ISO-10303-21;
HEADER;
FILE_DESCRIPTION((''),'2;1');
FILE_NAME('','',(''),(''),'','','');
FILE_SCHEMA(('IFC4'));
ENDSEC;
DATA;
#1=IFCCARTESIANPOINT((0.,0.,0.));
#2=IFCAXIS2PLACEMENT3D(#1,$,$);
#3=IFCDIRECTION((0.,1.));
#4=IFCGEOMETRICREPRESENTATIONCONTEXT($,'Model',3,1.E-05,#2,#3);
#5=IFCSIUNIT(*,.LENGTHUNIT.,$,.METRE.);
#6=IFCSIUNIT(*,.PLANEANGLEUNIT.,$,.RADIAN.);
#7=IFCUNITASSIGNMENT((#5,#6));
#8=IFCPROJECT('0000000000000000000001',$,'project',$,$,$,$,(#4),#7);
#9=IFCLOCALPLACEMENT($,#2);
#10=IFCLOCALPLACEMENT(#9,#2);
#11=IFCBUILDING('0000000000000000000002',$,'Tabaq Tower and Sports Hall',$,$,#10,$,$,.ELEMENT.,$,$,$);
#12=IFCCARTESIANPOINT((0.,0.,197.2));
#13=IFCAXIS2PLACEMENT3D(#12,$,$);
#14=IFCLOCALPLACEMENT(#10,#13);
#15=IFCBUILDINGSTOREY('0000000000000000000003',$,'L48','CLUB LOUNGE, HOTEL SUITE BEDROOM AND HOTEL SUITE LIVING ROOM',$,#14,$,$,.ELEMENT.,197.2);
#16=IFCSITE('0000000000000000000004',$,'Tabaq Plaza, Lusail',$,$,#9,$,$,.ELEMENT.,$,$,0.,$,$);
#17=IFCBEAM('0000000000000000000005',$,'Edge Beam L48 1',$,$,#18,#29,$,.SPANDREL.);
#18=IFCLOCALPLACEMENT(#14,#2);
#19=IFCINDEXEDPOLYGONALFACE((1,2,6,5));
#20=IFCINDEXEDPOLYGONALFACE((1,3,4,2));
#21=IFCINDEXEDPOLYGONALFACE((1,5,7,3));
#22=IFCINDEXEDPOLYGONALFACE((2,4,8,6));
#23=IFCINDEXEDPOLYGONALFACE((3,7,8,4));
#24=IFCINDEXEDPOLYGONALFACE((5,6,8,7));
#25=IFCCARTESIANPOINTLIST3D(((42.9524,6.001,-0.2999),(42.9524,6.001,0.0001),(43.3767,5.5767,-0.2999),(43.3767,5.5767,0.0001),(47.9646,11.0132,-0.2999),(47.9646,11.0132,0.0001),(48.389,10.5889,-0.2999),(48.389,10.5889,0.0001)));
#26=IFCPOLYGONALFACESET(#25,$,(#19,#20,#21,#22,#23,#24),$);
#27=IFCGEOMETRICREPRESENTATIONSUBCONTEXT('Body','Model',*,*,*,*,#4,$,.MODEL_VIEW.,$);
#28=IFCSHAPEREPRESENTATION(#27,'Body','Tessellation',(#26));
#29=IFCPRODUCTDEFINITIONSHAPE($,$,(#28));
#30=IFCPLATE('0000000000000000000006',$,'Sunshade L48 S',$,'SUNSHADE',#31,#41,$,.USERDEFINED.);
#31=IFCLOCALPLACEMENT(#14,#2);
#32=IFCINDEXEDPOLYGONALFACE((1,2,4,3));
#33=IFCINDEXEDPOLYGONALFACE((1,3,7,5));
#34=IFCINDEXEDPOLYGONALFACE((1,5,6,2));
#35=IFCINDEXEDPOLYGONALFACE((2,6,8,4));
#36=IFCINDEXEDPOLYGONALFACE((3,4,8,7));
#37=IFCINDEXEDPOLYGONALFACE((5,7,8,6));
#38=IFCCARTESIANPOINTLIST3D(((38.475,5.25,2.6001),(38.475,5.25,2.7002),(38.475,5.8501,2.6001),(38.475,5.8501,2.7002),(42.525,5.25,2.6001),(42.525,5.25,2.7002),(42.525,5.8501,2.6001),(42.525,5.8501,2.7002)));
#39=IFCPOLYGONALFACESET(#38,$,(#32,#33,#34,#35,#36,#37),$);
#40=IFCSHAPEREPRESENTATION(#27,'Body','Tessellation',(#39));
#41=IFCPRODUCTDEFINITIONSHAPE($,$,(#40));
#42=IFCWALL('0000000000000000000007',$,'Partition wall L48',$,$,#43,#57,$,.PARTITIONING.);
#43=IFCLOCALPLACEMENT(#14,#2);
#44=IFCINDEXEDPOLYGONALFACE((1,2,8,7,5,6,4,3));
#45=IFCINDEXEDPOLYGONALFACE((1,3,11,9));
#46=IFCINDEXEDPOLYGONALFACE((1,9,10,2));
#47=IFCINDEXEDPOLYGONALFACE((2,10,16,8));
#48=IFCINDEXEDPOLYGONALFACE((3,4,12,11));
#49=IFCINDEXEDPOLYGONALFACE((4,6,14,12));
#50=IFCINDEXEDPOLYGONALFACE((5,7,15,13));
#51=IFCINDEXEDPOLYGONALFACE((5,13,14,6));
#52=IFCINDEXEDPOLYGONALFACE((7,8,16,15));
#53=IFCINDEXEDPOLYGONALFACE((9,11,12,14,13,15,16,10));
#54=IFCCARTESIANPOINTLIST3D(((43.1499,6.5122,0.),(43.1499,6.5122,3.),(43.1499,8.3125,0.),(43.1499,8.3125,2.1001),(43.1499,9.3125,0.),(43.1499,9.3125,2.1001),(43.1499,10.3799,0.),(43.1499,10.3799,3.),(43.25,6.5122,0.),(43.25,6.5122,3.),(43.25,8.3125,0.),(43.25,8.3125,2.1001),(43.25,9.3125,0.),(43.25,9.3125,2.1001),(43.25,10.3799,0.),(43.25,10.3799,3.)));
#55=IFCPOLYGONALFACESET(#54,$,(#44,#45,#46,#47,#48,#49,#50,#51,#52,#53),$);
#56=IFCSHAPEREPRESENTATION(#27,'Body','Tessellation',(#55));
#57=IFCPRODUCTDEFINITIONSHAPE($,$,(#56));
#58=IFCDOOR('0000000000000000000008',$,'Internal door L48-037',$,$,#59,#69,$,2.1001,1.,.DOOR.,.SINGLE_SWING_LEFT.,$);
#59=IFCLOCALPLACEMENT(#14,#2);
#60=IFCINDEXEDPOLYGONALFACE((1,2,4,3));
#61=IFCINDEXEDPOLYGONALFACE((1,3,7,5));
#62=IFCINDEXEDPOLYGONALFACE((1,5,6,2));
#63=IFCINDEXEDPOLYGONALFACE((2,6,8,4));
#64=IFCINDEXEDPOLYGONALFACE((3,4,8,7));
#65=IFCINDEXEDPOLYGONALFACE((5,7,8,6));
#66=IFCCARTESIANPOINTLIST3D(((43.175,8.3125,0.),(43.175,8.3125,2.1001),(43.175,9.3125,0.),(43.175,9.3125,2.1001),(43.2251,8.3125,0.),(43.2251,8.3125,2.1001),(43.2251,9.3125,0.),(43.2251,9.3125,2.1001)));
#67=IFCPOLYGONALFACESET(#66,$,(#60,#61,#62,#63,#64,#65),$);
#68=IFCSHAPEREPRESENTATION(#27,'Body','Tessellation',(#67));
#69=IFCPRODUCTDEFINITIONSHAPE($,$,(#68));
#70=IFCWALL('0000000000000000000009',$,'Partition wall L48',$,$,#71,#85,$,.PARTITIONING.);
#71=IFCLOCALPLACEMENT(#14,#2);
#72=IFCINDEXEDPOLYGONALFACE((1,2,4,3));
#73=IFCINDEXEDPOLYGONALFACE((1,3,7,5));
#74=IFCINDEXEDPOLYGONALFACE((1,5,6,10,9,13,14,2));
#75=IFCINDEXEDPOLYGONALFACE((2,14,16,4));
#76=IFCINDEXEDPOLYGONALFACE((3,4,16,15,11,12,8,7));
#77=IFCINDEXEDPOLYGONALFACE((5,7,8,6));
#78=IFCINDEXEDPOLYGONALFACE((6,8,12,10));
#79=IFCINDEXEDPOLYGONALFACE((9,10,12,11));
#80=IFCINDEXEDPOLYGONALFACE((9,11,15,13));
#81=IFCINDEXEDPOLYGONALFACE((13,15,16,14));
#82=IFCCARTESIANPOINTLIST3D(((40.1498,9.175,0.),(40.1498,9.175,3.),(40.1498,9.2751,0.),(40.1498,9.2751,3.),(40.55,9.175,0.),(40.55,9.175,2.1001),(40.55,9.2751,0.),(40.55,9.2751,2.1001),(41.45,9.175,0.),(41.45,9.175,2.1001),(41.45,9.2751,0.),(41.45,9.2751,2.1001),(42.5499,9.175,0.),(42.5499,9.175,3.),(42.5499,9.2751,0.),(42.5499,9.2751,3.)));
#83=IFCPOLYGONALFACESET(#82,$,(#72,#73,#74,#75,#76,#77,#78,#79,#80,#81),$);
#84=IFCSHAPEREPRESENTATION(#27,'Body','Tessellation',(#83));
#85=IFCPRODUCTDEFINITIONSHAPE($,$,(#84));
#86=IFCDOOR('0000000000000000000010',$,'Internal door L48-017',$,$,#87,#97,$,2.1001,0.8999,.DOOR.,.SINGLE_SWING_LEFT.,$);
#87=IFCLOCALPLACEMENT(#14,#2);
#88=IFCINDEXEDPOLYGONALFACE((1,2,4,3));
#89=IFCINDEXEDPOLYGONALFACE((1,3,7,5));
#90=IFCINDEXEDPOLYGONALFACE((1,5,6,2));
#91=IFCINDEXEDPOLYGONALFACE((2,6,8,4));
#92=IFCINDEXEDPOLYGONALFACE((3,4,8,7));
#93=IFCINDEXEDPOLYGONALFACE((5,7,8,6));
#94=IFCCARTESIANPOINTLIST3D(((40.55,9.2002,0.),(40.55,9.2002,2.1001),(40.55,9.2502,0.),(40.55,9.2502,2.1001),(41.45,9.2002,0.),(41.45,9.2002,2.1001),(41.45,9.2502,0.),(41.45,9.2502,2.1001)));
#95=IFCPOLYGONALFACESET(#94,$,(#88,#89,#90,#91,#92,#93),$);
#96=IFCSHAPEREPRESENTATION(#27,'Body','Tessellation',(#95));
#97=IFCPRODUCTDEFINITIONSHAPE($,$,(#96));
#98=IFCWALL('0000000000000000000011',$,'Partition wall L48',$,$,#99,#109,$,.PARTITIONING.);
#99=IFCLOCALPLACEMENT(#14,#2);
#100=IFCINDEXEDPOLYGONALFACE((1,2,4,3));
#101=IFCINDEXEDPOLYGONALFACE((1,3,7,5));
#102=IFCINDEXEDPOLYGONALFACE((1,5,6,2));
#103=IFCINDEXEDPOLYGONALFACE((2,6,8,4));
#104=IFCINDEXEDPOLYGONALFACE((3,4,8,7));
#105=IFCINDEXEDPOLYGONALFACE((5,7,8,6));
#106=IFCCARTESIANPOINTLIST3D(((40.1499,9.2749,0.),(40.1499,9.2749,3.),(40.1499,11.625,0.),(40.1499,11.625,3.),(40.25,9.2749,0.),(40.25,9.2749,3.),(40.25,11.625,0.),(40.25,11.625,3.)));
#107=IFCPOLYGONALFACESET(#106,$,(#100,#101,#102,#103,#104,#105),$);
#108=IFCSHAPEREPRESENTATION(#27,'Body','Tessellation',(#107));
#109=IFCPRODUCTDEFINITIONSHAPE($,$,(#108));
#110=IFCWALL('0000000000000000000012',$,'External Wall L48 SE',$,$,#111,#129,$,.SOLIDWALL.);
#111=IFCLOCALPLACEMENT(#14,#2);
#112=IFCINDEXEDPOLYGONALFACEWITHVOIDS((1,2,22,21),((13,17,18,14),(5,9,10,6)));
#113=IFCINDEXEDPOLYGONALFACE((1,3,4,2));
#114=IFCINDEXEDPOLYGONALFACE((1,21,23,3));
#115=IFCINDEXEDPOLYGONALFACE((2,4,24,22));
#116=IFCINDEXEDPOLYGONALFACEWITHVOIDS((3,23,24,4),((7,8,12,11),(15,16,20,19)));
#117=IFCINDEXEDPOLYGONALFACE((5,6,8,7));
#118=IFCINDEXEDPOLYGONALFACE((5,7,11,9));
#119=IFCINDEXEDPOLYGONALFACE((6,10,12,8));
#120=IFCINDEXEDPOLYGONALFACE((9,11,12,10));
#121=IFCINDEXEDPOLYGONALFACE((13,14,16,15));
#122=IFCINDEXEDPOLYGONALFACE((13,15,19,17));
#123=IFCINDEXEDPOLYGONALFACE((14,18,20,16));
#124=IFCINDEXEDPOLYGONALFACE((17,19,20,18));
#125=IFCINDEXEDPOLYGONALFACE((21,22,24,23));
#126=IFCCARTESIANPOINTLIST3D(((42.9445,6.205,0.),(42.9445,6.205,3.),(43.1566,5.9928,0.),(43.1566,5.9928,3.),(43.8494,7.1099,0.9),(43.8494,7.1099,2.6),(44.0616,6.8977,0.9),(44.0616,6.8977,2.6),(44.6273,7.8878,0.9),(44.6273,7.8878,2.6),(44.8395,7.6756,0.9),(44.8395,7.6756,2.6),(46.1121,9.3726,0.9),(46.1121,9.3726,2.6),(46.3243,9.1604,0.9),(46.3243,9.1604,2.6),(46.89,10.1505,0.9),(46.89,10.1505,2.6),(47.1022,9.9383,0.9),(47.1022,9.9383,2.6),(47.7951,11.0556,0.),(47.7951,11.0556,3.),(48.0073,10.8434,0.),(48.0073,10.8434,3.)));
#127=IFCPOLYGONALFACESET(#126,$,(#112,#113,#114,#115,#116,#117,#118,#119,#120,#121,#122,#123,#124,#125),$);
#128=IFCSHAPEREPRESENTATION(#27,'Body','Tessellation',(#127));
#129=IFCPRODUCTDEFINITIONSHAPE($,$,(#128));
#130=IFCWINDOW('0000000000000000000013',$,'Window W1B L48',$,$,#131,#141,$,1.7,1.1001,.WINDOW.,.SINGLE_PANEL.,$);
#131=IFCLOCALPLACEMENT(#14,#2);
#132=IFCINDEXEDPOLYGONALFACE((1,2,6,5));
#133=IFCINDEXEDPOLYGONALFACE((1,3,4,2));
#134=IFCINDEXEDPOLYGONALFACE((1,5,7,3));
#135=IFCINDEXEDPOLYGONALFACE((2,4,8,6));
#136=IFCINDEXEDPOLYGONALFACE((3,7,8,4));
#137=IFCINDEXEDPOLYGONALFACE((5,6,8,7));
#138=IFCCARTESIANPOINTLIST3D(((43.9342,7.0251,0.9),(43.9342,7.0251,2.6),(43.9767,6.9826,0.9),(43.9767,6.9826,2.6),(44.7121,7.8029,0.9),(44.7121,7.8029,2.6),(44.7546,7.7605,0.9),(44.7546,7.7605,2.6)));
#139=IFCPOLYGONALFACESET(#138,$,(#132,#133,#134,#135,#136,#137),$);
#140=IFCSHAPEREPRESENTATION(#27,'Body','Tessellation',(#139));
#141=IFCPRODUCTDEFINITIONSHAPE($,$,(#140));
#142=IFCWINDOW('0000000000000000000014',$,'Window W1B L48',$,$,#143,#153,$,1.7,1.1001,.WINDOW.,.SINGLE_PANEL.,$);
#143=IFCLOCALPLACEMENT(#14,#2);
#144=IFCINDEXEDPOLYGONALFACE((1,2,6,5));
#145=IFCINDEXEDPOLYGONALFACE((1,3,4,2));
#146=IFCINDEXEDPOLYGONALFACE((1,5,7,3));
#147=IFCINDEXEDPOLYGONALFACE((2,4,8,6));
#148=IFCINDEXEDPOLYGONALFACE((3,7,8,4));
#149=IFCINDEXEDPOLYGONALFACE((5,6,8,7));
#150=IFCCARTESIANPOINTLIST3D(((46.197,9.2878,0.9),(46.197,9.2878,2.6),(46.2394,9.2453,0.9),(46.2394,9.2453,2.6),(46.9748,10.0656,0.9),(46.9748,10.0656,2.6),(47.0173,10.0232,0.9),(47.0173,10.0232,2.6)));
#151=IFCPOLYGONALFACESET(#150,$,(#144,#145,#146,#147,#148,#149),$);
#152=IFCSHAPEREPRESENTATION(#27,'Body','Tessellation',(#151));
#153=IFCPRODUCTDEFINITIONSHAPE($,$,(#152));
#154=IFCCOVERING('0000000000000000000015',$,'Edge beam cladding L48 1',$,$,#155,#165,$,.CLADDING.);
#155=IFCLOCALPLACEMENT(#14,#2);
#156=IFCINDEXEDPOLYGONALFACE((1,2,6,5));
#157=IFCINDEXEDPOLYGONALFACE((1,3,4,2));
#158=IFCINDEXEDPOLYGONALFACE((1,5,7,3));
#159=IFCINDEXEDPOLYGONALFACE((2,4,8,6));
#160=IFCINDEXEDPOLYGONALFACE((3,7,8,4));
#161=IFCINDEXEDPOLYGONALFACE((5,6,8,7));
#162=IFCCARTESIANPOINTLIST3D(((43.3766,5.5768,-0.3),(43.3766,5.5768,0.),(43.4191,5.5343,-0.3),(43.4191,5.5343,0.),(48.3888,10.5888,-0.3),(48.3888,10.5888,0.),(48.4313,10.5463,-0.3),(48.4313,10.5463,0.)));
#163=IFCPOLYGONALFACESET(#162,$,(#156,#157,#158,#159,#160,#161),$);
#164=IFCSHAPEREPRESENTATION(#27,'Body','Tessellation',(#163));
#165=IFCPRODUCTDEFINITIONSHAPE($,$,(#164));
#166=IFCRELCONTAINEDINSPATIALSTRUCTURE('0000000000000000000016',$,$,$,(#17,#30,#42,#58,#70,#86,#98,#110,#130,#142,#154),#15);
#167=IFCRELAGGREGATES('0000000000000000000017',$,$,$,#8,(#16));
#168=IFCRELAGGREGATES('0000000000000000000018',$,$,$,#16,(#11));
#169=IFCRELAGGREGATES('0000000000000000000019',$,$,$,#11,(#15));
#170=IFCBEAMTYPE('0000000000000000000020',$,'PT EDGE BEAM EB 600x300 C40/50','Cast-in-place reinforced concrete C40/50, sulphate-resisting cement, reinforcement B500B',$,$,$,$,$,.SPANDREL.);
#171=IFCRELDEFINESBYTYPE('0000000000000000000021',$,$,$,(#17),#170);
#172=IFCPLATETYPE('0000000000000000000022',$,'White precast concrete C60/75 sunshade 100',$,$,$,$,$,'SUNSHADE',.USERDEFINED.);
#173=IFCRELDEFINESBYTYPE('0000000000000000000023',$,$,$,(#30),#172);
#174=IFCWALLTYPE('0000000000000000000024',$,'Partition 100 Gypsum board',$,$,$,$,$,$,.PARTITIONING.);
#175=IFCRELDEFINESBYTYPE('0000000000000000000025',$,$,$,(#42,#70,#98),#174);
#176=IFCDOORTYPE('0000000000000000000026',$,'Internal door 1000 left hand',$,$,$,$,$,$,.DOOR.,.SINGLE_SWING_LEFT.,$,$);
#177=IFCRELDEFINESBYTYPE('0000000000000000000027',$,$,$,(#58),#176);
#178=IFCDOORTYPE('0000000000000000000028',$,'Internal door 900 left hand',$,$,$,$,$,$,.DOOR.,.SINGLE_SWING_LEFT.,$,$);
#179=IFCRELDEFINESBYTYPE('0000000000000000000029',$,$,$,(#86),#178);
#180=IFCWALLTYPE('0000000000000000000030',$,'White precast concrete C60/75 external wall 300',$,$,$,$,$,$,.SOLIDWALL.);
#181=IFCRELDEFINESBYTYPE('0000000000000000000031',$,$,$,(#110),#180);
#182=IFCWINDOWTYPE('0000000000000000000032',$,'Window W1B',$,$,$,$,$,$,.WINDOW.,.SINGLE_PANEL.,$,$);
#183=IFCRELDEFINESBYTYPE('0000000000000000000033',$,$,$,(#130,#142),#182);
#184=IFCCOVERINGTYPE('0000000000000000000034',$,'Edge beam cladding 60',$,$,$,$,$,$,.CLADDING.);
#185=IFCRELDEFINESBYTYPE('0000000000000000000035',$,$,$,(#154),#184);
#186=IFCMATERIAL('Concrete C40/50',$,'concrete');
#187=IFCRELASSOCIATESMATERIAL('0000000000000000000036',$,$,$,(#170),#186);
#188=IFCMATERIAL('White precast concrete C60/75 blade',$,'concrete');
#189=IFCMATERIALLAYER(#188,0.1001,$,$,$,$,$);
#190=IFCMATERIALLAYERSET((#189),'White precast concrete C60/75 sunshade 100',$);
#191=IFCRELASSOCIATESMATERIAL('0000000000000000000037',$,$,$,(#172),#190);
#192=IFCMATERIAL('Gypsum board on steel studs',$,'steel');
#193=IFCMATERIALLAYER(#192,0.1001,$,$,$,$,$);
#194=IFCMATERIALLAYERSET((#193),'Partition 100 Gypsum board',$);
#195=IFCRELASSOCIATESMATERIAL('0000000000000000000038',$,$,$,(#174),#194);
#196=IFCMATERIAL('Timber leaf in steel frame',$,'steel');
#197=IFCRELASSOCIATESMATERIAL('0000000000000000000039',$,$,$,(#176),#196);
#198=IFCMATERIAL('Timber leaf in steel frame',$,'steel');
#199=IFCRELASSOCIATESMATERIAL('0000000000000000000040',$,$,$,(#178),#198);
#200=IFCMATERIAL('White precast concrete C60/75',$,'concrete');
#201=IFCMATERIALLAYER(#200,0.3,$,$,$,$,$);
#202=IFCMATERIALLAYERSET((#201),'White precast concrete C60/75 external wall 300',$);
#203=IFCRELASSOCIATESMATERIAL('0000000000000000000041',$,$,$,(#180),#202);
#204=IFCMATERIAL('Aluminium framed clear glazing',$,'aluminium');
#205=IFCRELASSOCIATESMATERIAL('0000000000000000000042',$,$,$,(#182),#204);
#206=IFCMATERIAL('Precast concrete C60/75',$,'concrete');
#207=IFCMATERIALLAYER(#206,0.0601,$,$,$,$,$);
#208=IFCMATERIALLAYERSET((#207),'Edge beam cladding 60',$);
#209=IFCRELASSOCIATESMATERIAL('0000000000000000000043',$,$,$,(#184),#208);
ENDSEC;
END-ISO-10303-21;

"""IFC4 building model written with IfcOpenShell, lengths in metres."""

from ifc_helpers import new_model, si_unit, direction, frame, frame_2d, origin, origin_2d, place, context, subcontext, project, spatial, rectangle, extrude, material, layer, layer_set, material_profile, profile_set, type_object, element, fill, save


model = new_model("IFC4")

# Units and contexts
model_context = context("Model", 3, precision=1e-05, world=origin(), true_north=direction((0.0, 1.0)))
body_context = subcontext(model_context, "Body", "Model", "MODEL_VIEW")
ifc_project = project(units=[si_unit("LENGTHUNIT", "METRE"), si_unit("PLANEANGLEUNIT", "RADIAN")], contexts=[model_context])

# Site, building, storey
site_placement = place(None, origin())
site = spatial("IfcSite", under=ifc_project, at=site_placement, Name="Tabaq Plaza, Lusail", CompositionType="ELEMENT", RefElevation=0.0)
building_placement = place(site_placement, origin())
building = spatial("IfcBuilding", under=site, at=building_placement, Name="Tabaq Tower and Sports Hall", CompositionType="ELEMENT")
storey_placement = place(building_placement, frame((0.0, 0.0, 197.2)))
storey = spatial("IfcBuildingStorey", under=building, at=storey_placement, Name="L48", Description="CLUB LOUNGE, HOTEL SUITE BEDROOM AND HOTEL SUITE LIVING ROOM", CompositionType="ELEMENT", Elevation=197.2)

# Beam
ifc_material_1 = material(Name="Concrete C40/50", Category="concrete")
ifc_material_profile = material_profile(ifc_material_1, rectangle(XDim=0.6001, YDim=0.3, at=origin_2d()), Name="EB 600x300")
ifc_profile_set = profile_set([ifc_material_profile], Name="Concrete C40/50")
beam_type = type_object("IfcBeamType", Name="PT EDGE BEAM EB 600x300 C40/50", Description="Cast-in-place reinforced concrete C40/50, sulphate-resisting cement, reinforcement B500B", PredefinedType="SPANDREL", material=ifc_profile_set)
beam_placement = place(storey_placement, frame((43.1646, 5.7888, -0.1499), z_axis=(0.707107, 0.707107, 0.0), x_axis=(-0.707107, 0.707107, 0.0)))
element("IfcBeam", 1, at=beam_placement, inside=storey, type_object=beam_type, Name="Edge Beam L48 1", PredefinedType="SPANDREL", context=body_context, shape_type="SweptSolid", body=[
    extrude(rectangle(XDim=0.6001, YDim=0.3, at=origin_2d()), origin(), (0.0, 0.0, 1.0), 7.0884),
])

# Plate
ifc_material_2 = material(Name="White precast concrete C60/75 blade", Category="concrete")
ifc_layer_1 = layer(ifc_material_2, 0.1001)
ifc_layer_set_1 = layer_set([ifc_layer_1], Name="White precast concrete C60/75 sunshade 100")
plate_type = type_object("IfcPlateType", Name="White precast concrete C60/75 sunshade 100", ElementType="SUNSHADE", PredefinedType="USERDEFINED", material=ifc_layer_set_1)
plate_placement = place(storey_placement, frame((40.5, 5.55, 2.6001), z_axis=(0.0, 0.0, 1.0), x_axis=(1.0, 0.0, 0.0)))
element("IfcPlate", 2, at=plate_placement, inside=storey, type_object=plate_type, Name="Sunshade L48 S", ObjectType="SUNSHADE", PredefinedType="USERDEFINED", context=body_context, shape_type="SweptSolid", body=[
    extrude(rectangle(XDim=4.05, YDim=0.6001, at=origin_2d()), origin(), (0.0, 0.0, 1.0), 0.1001),
])

# Walls, openings, doors
ifc_material_3 = material(Name="Gypsum board on steel studs", Category="steel")
ifc_layer_2 = layer(ifc_material_3, 0.1001)
ifc_layer_set_2 = layer_set([ifc_layer_2], Name="Partition 100 Gypsum board")
wall_type_1 = type_object("IfcWallType", Name="Partition 100 Gypsum board", PredefinedType="PARTITIONING", material=ifc_layer_set_2)
wall_1_placement = place(storey_placement, frame((43.2, 6.5122, 0.0), z_axis=(0.0, 0.0, 1.0), x_axis=(0.0, 1.0, 0.0)))
wall_1 = element("IfcWall", 3, at=wall_1_placement, inside=storey, type_object=wall_type_1, Name="Partition wall L48", PredefinedType="PARTITIONING", context=body_context, shape_type="SweptSolid", body=[
    extrude(rectangle(XDim=3.8677, YDim=0.1001, at=frame_2d((1.9338, 0.0))), origin(), (0.0, 0.0, 1.0), 3.0),
])
opening_1_placement = place(wall_1_placement, frame((1.8003, 0.0, 0.0)))
opening_1 = element("IfcOpeningElement", 4, at=opening_1_placement, cuts=wall_1, PredefinedType="OPENING", context=body_context, shape_type="SweptSolid", body=[
    extrude(rectangle(XDim=1.0, YDim=2.1001, at=frame_2d((0.5, 1.05))), frame((0.0, 0.05, 0.0), z_axis=(0.0, -1.0, 0.0), x_axis=(1.0, 0.0, 0.0)), (0.0, 0.0, 1.0), 0.1001),
])
ifc_material_4 = material(Name="Timber leaf in steel frame", Category="steel")
door_type_1 = type_object("IfcDoorType", Name="Internal door 1000 left hand", OperationType="SINGLE_SWING_LEFT", PredefinedType="DOOR", material=ifc_material_4)
door_1_placement = place(opening_1_placement, origin())
door_1 = element("IfcDoor", 5, at=door_1_placement, inside=storey, type_object=door_type_1, Name="Internal door L48-037", OperationType="SINGLE_SWING_LEFT", OverallHeight=2.1001, OverallWidth=1.0, PredefinedType="DOOR", context=body_context, shape_type="SweptSolid", body=[
    extrude(rectangle(XDim=1.0, YDim=2.1001, at=frame_2d((0.5, 1.05))), frame((0.0, 0.0249, 0.0), z_axis=(0.0, -1.0, 0.0), x_axis=(1.0, 0.0, 0.0)), (0.0, 0.0, 1.0), 0.05),
])
fill(opening_1, door_1)
wall_2_placement = place(storey_placement, frame((42.55, 9.2251, 0.0), z_axis=(0.0, 0.0, 1.0), x_axis=(-1.0, 0.0, 0.0)))
wall_2 = element("IfcWall", 6, at=wall_2_placement, inside=storey, type_object=wall_type_1, Name="Partition wall L48", PredefinedType="PARTITIONING", context=body_context, shape_type="SweptSolid", body=[
    extrude(rectangle(XDim=2.4001, YDim=0.1001, at=frame_2d((1.2002, 0.0))), origin(), (0.0, 0.0, 1.0), 3.0),
])
opening_2_placement = place(wall_2_placement, frame((1.1001, 0.0, 0.0)))
opening_2 = element("IfcOpeningElement", 7, at=opening_2_placement, cuts=wall_2, PredefinedType="OPENING", context=body_context, shape_type="SweptSolid", body=[
    extrude(rectangle(XDim=0.8999, YDim=2.1001, at=frame_2d((0.45, 1.05))), frame((0.0, 0.05, 0.0), z_axis=(0.0, -1.0, 0.0), x_axis=(1.0, 0.0, 0.0)), (0.0, 0.0, 1.0), 0.1001),
])
ifc_material_5 = material(Name="Timber leaf in steel frame", Category="steel")
door_type_2 = type_object("IfcDoorType", Name="Internal door 900 left hand", OperationType="SINGLE_SWING_LEFT", PredefinedType="DOOR", material=ifc_material_5)
door_2_placement = place(opening_2_placement, origin())
door_2 = element("IfcDoor", 8, at=door_2_placement, inside=storey, type_object=door_type_2, Name="Internal door L48-017", OperationType="SINGLE_SWING_LEFT", OverallHeight=2.1001, OverallWidth=0.8999, PredefinedType="DOOR", context=body_context, shape_type="SweptSolid", body=[
    extrude(rectangle(XDim=0.8999, YDim=2.1001, at=frame_2d((0.45, 1.05))), frame((0.0, 0.0249, 0.0), z_axis=(0.0, -1.0, 0.0), x_axis=(1.0, 0.0, 0.0)), (0.0, 0.0, 1.0), 0.05),
])
fill(opening_2, door_2)

# Wall
wall_3_placement = place(storey_placement, frame((40.2, 9.2749, 0.0), z_axis=(0.0, 0.0, 1.0), x_axis=(0.0, 1.0, 0.0)))
element("IfcWall", 9, at=wall_3_placement, inside=storey, type_object=wall_type_1, Name="Partition wall L48", PredefinedType="PARTITIONING", context=body_context, shape_type="SweptSolid", body=[
    extrude(rectangle(XDim=2.3501, YDim=0.1001, at=frame_2d((1.175, 0.0))), origin(), (0.0, 0.0, 1.0), 3.0),
])

# Wall, openings, windows
ifc_material_6 = material(Name="White precast concrete C60/75", Category="concrete")
ifc_layer_3 = layer(ifc_material_6, 0.3)
ifc_layer_set_3 = layer_set([ifc_layer_3], Name="White precast concrete C60/75 external wall 300")
wall_type_2 = type_object("IfcWallType", Name="White precast concrete C60/75 external wall 300", PredefinedType="SOLIDWALL", material=ifc_layer_set_3)
wall_4_placement = place(storey_placement, frame((43.0505, 6.0989, 0.0), z_axis=(0.0, 0.0, 1.0), x_axis=(0.707107, 0.707107, 0.0)))
wall_4 = element("IfcWall", 10, at=wall_4_placement, inside=storey, type_object=wall_type_2, Name="External Wall L48 SE", PredefinedType="SOLIDWALL", context=body_context, shape_type="SweptSolid", body=[
    extrude(rectangle(XDim=6.8599, YDim=0.3, at=frame_2d((3.4299, 0.0))), origin(), (0.0, 0.0, 1.0), 3.0),
])
opening_3_placement = place(wall_4_placement, frame((1.2798, 0.0, 0.8999)))
opening_3 = element("IfcOpeningElement", 11, at=opening_3_placement, cuts=wall_4, PredefinedType="OPENING", context=body_context, shape_type="SweptSolid", body=[
    extrude(rectangle(XDim=1.1001, YDim=1.7, at=frame_2d((0.55, 0.8501))), frame((0.0, 0.1602, 0.0), z_axis=(0.0, -1.0, 0.0), x_axis=(1.0, 0.0, 0.0)), (0.0, 0.0, 1.0), 0.3201),
])
opening_4_placement = place(wall_4_placement, frame((4.4797, 0.0, 0.8999)))
opening_4 = element("IfcOpeningElement", 12, at=opening_4_placement, cuts=wall_4, PredefinedType="OPENING", context=body_context, shape_type="SweptSolid", body=[
    extrude(rectangle(XDim=1.1001, YDim=1.7, at=frame_2d((0.55, 0.8501))), frame((0.0, 0.1602, 0.0), z_axis=(0.0, -1.0, 0.0), x_axis=(1.0, 0.0, 0.0)), (0.0, 0.0, 1.0), 0.3201),
])
ifc_material_7 = material(Name="Aluminium framed clear glazing", Category="aluminium")
window_type = type_object("IfcWindowType", Name="Window W1B", PartitioningType="SINGLE_PANEL", PredefinedType="WINDOW", material=ifc_material_7)
window_1_placement = place(opening_3_placement, origin())
window_1 = element("IfcWindow", 13, at=window_1_placement, inside=storey, type_object=window_type, Name="Window W1B L48", OverallHeight=1.7, OverallWidth=1.1001, PartitioningType="SINGLE_PANEL", PredefinedType="WINDOW", context=body_context, shape_type="SweptSolid", body=[
    extrude(rectangle(XDim=1.1001, YDim=1.7, at=frame_2d((0.55, 0.8501))), frame((0.0, 0.03, 0.0), z_axis=(0.0, -1.0, 0.0), x_axis=(1.0, 0.0, 0.0)), (0.0, 0.0, 1.0), 0.0601),
])
fill(opening_3, window_1)
window_2_placement = place(opening_4_placement, origin())
window_2 = element("IfcWindow", 14, at=window_2_placement, inside=storey, type_object=window_type, Name="Window W1B L48", OverallHeight=1.7, OverallWidth=1.1001, PartitioningType="SINGLE_PANEL", PredefinedType="WINDOW", context=body_context, shape_type="SweptSolid", body=[
    extrude(rectangle(XDim=1.1001, YDim=1.7, at=frame_2d((0.55, 0.8501))), frame((0.0, 0.03, 0.0), z_axis=(0.0, -1.0, 0.0), x_axis=(1.0, 0.0, 0.0)), (0.0, 0.0, 1.0), 0.0601),
])
fill(opening_4, window_2)

# Covering
ifc_material_8 = material(Name="Precast concrete C60/75", Category="concrete")
ifc_layer_4 = layer(ifc_material_8, 0.0601)
ifc_layer_set_4 = layer_set([ifc_layer_4], Name="Edge beam cladding 60")
covering_type_1 = type_object("IfcCoveringType", Name="Edge beam cladding 60", PredefinedType="CLADDING", material=ifc_layer_set_4)
covering_1_placement = place(storey_placement, frame((43.3979, 5.5557, -0.3), z_axis=(0.0, 0.0, 1.0), x_axis=(0.707124, 0.70709, 0.0)))
element("IfcCovering", 15, at=covering_1_placement, inside=storey, type_object=covering_type_1, Name="Edge beam cladding L48 1", PredefinedType="CLADDING", context=body_context, shape_type="SweptSolid", body=[
    extrude(rectangle(XDim=7.0881, YDim=0.0601, at=frame_2d((3.5439, 0.0))), origin(), (0.0, 0.0, 1.0), 0.3),
])

save(model, "model.ifc")
